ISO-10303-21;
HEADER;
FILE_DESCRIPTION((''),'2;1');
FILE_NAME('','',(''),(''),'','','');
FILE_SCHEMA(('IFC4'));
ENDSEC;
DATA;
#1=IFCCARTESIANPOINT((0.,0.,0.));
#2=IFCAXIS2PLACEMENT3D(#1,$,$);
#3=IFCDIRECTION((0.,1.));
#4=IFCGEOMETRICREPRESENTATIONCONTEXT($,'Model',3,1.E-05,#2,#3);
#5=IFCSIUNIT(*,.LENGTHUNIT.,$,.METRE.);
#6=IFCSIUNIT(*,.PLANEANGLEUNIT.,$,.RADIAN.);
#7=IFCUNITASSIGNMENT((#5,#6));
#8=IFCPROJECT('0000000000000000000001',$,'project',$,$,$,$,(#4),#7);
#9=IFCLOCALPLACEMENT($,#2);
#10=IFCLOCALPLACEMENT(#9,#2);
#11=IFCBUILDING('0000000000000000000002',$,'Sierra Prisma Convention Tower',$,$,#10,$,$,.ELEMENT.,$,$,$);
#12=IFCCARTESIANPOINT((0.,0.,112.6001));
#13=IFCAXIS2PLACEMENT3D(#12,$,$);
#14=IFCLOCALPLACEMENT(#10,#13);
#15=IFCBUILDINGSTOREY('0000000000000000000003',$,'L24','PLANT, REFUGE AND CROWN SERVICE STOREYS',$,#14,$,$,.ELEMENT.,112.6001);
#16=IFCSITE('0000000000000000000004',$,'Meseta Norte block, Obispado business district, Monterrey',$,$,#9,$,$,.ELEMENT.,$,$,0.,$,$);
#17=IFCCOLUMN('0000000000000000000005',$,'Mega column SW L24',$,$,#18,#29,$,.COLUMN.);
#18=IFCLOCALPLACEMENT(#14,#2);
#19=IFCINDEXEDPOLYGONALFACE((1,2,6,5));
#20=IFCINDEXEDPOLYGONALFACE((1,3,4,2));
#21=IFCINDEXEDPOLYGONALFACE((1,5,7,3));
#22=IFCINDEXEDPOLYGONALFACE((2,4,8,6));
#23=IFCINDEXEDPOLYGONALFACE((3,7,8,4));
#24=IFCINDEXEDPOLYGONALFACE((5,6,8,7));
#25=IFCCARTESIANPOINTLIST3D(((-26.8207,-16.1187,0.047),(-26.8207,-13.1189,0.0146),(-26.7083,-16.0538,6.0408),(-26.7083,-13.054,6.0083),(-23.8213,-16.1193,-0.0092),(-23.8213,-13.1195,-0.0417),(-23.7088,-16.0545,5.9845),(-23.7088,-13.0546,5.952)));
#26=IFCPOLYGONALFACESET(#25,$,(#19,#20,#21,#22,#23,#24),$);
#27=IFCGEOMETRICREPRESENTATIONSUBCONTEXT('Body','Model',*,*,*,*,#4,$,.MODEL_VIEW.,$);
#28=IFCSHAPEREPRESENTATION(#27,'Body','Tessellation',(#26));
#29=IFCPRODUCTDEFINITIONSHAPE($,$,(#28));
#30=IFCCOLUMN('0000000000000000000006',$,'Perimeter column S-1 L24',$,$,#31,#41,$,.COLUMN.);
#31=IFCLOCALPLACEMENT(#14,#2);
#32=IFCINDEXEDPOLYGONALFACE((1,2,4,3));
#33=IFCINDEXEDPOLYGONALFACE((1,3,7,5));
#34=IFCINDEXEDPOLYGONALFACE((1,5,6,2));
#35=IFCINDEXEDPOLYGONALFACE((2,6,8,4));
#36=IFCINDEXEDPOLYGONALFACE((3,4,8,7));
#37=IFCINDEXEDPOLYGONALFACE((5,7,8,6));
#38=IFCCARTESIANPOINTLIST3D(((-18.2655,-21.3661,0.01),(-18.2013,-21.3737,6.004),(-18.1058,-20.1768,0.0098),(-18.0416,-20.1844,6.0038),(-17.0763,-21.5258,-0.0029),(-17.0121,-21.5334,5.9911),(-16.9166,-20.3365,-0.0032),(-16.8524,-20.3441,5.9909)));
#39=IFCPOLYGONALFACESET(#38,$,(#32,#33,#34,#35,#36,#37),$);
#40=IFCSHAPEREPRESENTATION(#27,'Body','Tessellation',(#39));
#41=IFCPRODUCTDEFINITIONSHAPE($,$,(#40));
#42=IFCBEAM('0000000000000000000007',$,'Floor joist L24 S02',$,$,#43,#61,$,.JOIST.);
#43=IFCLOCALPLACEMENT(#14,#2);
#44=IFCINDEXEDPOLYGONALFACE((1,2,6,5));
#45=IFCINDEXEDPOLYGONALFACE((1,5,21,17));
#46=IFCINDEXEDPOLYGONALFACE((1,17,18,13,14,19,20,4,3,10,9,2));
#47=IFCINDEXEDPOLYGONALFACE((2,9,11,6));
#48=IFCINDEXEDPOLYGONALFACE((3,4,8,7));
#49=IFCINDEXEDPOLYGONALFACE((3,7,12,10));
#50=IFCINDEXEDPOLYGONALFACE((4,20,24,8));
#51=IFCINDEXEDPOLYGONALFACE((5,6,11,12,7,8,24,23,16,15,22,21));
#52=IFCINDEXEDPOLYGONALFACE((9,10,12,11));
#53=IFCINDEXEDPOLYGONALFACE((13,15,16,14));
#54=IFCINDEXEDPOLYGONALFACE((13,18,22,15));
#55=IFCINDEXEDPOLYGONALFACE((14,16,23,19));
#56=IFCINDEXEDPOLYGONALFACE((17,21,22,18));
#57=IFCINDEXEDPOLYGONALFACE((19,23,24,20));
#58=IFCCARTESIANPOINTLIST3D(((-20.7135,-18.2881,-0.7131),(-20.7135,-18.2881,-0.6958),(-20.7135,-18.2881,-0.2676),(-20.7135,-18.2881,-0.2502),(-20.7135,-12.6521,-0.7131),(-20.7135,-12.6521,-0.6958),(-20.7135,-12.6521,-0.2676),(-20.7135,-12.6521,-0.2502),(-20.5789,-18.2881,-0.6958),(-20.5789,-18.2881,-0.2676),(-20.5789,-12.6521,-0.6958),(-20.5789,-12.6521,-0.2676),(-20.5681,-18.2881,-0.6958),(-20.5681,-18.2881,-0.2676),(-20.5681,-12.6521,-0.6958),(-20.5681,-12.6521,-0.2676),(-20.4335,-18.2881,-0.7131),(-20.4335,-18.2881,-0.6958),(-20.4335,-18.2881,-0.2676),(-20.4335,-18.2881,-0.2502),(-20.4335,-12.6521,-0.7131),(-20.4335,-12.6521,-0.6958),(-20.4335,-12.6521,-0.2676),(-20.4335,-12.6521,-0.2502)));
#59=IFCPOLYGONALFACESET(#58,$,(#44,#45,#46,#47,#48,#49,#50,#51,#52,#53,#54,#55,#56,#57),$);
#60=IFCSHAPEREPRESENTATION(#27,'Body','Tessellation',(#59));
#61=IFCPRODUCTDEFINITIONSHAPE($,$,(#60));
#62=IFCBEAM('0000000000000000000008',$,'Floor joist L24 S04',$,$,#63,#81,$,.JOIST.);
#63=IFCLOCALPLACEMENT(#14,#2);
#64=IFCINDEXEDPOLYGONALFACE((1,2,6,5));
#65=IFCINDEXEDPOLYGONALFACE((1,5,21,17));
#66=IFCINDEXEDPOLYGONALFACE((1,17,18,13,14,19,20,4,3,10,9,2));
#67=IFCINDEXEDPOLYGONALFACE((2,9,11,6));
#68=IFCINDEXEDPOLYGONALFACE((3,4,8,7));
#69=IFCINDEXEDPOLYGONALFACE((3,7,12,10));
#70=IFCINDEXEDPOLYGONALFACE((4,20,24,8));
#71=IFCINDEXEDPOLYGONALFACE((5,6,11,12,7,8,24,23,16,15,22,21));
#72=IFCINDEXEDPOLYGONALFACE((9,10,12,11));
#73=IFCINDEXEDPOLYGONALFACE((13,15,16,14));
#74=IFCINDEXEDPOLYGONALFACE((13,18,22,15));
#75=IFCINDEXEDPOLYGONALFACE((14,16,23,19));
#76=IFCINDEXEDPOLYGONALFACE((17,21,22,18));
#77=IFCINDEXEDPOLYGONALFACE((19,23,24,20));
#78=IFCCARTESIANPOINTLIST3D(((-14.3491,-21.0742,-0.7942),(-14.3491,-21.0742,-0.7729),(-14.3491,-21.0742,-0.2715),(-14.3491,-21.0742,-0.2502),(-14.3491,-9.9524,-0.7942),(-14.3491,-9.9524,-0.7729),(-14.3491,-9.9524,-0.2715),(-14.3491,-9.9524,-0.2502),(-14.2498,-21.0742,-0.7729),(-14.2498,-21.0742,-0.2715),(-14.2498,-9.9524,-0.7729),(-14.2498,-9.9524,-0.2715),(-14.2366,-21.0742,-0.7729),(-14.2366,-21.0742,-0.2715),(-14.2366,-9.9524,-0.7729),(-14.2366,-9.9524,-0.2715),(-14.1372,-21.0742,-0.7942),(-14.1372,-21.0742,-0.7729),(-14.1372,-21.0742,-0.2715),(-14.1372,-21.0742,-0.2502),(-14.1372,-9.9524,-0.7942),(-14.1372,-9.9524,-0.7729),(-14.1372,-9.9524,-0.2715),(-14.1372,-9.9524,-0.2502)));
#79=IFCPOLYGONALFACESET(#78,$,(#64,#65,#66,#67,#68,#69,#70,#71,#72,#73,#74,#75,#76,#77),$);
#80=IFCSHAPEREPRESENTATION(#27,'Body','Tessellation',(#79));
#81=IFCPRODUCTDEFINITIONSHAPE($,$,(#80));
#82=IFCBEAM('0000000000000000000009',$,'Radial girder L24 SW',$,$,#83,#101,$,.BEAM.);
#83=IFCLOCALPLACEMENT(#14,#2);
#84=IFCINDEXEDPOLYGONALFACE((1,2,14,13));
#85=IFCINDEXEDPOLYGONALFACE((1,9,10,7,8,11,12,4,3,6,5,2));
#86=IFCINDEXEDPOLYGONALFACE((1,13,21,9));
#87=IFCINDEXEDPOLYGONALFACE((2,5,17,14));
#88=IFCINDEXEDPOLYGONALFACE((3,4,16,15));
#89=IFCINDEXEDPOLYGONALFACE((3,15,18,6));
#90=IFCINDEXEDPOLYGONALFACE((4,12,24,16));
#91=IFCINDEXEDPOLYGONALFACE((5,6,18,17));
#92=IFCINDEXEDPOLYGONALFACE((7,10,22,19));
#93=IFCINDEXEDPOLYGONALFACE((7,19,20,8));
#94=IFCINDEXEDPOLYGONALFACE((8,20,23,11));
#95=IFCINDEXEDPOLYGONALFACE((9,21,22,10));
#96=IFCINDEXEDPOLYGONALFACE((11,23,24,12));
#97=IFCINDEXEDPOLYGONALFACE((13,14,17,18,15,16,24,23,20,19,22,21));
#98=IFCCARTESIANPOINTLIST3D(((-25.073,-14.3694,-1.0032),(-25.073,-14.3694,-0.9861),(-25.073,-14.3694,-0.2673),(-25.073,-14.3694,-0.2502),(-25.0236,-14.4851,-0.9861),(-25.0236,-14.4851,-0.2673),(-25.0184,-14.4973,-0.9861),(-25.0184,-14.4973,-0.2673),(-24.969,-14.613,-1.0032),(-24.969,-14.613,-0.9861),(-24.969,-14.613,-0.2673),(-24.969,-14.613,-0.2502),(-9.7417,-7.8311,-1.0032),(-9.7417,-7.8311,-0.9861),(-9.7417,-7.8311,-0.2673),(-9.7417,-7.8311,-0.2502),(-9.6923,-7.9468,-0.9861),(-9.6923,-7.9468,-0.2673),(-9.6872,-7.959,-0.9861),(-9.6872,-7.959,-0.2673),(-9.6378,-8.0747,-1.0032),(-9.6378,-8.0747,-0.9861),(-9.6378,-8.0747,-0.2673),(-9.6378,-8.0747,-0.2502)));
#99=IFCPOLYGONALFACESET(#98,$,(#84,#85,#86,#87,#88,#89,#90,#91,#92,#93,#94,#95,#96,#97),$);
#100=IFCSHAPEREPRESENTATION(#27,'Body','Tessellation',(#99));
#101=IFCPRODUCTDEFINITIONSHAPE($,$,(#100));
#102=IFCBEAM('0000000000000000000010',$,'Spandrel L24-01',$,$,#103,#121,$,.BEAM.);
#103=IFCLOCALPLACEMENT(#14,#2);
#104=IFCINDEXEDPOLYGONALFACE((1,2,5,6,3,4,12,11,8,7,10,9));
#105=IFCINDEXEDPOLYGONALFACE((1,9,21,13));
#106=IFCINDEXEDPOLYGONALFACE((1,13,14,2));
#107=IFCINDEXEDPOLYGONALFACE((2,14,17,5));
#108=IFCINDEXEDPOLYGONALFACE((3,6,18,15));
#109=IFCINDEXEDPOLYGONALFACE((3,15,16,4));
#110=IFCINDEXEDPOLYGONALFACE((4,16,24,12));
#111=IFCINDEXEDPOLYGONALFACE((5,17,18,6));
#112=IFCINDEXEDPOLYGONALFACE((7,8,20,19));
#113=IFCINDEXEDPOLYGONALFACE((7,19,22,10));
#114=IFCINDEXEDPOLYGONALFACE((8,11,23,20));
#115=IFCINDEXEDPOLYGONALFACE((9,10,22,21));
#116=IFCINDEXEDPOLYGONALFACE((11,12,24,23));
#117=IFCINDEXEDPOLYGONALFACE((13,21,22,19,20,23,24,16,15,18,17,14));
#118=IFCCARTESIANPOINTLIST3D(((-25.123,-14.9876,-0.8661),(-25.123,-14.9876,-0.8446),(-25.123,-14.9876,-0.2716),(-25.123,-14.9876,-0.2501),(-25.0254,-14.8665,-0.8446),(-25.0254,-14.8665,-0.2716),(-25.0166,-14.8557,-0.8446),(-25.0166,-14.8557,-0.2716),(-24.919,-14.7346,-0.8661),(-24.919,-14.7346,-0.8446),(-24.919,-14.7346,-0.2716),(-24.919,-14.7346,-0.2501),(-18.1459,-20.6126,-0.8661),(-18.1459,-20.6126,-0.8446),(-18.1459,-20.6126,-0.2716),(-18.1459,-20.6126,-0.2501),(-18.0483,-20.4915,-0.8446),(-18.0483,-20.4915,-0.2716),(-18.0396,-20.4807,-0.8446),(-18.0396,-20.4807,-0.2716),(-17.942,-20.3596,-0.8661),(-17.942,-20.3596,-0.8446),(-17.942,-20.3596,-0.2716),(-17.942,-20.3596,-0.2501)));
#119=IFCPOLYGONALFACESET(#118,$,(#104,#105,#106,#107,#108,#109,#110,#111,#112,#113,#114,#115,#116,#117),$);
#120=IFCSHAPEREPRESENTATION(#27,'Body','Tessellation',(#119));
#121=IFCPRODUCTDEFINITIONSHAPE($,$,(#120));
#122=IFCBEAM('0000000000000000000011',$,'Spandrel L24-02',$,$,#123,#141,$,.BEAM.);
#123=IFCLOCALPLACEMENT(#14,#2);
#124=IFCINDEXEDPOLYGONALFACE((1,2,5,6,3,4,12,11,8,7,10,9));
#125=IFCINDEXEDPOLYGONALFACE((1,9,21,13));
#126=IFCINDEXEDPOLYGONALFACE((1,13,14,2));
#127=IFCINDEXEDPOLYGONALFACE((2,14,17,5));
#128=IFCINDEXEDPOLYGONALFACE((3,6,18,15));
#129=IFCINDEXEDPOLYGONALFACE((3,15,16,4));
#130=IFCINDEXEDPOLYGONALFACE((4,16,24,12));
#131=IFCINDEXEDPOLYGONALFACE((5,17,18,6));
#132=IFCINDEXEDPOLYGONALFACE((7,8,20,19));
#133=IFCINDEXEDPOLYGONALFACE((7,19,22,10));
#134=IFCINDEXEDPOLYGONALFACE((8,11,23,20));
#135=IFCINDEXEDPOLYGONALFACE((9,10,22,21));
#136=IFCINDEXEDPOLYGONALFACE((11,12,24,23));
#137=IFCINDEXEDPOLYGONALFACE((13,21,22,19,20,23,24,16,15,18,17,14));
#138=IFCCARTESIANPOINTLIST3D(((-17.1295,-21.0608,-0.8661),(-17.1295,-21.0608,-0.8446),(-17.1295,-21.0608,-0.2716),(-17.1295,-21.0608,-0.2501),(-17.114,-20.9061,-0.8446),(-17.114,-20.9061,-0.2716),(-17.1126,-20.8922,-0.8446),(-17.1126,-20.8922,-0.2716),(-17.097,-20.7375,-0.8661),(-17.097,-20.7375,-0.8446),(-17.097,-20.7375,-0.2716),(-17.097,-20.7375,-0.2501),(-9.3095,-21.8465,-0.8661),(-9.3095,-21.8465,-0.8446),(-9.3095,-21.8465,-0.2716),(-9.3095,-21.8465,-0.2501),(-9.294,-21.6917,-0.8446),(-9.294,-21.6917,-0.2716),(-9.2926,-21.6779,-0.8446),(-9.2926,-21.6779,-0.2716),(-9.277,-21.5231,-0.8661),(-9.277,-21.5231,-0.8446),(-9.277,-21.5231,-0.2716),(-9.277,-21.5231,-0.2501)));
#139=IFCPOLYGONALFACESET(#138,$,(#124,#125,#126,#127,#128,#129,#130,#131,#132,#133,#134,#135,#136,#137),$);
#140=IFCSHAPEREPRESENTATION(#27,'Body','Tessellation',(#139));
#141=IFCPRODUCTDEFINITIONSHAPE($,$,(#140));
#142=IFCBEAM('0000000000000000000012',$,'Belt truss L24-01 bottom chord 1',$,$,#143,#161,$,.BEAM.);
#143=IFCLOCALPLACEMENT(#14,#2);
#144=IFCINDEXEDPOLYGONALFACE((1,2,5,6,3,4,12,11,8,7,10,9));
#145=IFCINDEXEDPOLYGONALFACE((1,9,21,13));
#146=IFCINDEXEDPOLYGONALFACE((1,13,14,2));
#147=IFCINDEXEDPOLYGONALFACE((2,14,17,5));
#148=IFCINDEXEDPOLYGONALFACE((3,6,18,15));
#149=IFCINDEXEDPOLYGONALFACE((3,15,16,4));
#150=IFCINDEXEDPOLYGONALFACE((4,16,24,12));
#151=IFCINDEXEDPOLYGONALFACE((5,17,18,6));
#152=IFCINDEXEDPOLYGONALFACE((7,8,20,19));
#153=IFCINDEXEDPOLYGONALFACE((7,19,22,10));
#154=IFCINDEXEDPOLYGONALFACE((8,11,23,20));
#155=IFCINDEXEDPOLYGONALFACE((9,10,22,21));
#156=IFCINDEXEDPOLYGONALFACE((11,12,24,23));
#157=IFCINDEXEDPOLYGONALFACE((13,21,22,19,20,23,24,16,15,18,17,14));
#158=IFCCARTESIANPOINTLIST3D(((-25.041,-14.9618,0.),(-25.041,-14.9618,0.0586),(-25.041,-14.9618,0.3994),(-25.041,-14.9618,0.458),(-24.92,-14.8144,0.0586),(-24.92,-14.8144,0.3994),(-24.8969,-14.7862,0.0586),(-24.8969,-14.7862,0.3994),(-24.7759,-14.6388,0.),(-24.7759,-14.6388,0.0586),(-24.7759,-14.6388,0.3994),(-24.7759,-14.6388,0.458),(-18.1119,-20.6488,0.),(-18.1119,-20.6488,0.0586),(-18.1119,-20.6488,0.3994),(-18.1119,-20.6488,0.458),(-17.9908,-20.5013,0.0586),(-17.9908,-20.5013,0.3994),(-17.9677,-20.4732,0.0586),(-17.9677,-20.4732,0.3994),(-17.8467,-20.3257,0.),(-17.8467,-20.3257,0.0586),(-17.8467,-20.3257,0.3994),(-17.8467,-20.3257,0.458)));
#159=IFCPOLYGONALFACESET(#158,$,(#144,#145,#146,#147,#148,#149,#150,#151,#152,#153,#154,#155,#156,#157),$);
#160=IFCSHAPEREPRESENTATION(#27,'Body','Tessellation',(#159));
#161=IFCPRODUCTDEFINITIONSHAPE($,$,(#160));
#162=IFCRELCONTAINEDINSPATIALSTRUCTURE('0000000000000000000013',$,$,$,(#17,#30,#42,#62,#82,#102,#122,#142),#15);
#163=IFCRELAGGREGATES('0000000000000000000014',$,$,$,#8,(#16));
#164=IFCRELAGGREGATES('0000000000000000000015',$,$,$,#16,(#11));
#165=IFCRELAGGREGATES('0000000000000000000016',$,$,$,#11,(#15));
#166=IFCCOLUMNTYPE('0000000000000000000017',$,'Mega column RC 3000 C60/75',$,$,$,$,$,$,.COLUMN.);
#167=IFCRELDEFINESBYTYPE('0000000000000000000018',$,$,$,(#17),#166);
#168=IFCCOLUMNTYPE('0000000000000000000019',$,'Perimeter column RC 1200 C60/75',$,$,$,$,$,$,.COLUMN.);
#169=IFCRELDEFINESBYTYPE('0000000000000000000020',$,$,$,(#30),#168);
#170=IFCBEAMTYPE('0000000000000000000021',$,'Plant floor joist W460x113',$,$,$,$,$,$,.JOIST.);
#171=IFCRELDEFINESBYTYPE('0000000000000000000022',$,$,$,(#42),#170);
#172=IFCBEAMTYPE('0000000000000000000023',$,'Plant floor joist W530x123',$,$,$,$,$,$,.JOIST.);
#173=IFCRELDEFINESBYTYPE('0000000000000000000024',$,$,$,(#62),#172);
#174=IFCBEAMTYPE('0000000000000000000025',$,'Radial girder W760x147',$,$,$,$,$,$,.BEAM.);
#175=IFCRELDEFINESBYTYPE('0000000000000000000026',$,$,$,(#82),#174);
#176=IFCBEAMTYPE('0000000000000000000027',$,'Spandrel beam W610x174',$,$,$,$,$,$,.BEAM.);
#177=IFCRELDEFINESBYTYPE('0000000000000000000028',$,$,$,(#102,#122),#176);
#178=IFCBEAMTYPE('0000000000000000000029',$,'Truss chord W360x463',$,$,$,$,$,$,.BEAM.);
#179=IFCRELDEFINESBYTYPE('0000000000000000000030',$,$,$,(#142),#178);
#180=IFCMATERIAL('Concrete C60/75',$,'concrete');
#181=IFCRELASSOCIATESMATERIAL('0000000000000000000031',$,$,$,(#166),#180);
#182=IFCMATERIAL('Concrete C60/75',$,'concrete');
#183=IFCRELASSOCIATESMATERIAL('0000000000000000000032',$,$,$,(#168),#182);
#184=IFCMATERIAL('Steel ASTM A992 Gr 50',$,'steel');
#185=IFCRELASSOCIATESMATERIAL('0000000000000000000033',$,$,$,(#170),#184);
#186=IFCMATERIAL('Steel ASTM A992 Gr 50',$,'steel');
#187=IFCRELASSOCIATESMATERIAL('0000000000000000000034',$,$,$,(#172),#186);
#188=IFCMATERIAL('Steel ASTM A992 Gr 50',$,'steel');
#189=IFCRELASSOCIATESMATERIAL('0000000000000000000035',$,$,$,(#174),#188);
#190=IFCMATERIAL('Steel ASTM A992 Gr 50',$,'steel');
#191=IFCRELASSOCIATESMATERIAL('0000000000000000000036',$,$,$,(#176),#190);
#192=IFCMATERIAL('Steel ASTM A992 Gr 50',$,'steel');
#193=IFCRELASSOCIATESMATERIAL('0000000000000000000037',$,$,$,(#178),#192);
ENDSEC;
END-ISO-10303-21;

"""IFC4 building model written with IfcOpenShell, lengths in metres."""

from ifc_helpers import new_model, si_unit, direction, frame, origin, origin_2d, place, context, subcontext, project, spatial, rectangle, i_section, extrude, clip, halfspace, material, material_profile, profile_set, type_object, element, save


model = new_model("IFC4")

# Units and contexts
model_context = context("Model", 3, precision=1e-05, world=origin(), true_north=direction((0.0, 1.0)))
body_context = subcontext(model_context, "Body", "Model", "MODEL_VIEW")
ifc_project = project(units=[si_unit("LENGTHUNIT", "METRE"), si_unit("PLANEANGLEUNIT", "RADIAN")], contexts=[model_context])

# Site, building, storey
site_placement = place(None, origin())
site = spatial("IfcSite", under=ifc_project, at=site_placement, Name="Meseta Norte block, Obispado business district, Monterrey", CompositionType="ELEMENT", RefElevation=0.0)
building_placement = place(site_placement, origin())
building = spatial("IfcBuilding", under=site, at=building_placement, Name="Sierra Prisma Convention Tower", CompositionType="ELEMENT")
storey_placement = place(building_placement, frame((0.0, 0.0, 112.6001)))
storey = spatial("IfcBuildingStorey", under=building, at=storey_placement, Name="L24", Description="PLANT, REFUGE AND CROWN SERVICE STOREYS", CompositionType="ELEMENT", Elevation=112.6001)

# Columns
ifc_material_1 = material(Name="Concrete C60/75", Category="concrete")
ifc_material_profile_1 = material_profile(ifc_material_1, rectangle(XDim=3.0, YDim=3.0, at=origin_2d()), Name="Mega column RC 3000 C60/75")
ifc_profile_set_1 = profile_set([ifc_material_profile_1], Name="Concrete C60/75")
column_type_1 = type_object("IfcColumnType", Name="Mega column RC 3000 C60/75", PredefinedType="COLUMN", material=ifc_profile_set_1)
column_1_placement = place(storey_placement, frame((-25.321, -14.6191, 0.0), z_axis=(0.018754, 0.010821, 0.999766), x_axis=(0.999824, -0.000203, -0.018753)))
element("IfcColumn", 1, at=column_1_placement, inside=storey, type_object=column_type_1, Name="Mega column SW L24", PredefinedType="COLUMN", context=body_context, shape_type="SweptSolid", body=[
    clip(clip(extrude(rectangle(XDim=3.0, YDim=3.0, at=origin_2d()), origin(), (0.0, 0.0, 1.0), 6.0015), halfspace(frame((0.0, 0.0, 0.0027)), True)), halfspace(frame((0.0, 0.0, 5.9978)), False)),
])
ifc_material_2 = material(Name="Concrete C60/75", Category="concrete")
ifc_material_profile_2 = material_profile(ifc_material_2, rectangle(XDim=1.2, YDim=1.2, at=origin_2d()), Name="Perimeter column RC 1200 C60/75")
ifc_profile_set_2 = profile_set([ifc_material_profile_2], Name="Concrete C60/75")
column_type_2 = type_object("IfcColumnType", Name="Perimeter column RC 1200 C60/75", PredefinedType="COLUMN", material=ifc_profile_set_2)
column_2_placement = place(storey_placement, frame((-17.5911, -20.8513, 0.0), z_axis=(0.010701, -0.001261, 0.999942), x_axis=(-0.991046, 0.133087, 0.010774)))
element("IfcColumn", 2, at=column_2_placement, inside=storey, type_object=column_type_2, Name="Perimeter column S-1 L24", PredefinedType="COLUMN", context=body_context, shape_type="SweptSolid", body=[
    clip(clip(extrude(rectangle(XDim=1.2, YDim=1.2, at=origin_2d()), origin(), (0.0, 0.0, 1.0), 6.0002), halfspace(frame((0.0, 0.0, 0.0034)), True)), halfspace(frame((0.0, 0.0, 5.9978)), False)),
])

# Beams
ifc_material_3 = material(Name="Steel ASTM A992 Gr 50", Category="steel")
ifc_material_profile_3 = material_profile(ifc_material_3, i_section(OverallWidth=0.28, OverallDepth=0.4629, WebThickness=0.0107, FlangeThickness=0.0173, at=origin_2d()), Name="W460x113")
ifc_profile_set_3 = profile_set([ifc_material_profile_3], Name="Steel ASTM A992 Gr 50")
beam_type_1 = type_object("IfcBeamType", Name="Plant floor joist W460x113", PredefinedType="JOIST", material=ifc_profile_set_3)
beam_1_placement = place(storey_placement, frame((-20.5735, -18.2881, -0.4817), z_axis=(0.0, 1.0, 0.0), x_axis=(-1.0, 0.0, 0.0)))
element("IfcBeam", 3, at=beam_1_placement, inside=storey, type_object=beam_type_1, Name="Floor joist L24 S02", PredefinedType="JOIST", context=body_context, shape_type="SweptSolid", body=[
    extrude(i_section(OverallWidth=0.28, OverallDepth=0.4629, WebThickness=0.0107, FlangeThickness=0.0173, at=origin_2d()), origin(), (0.0, 0.0, 1.0), 5.636),
])
ifc_material_4 = material(Name="Steel ASTM A992 Gr 50", Category="steel")
ifc_material_profile_4 = material_profile(ifc_material_4, i_section(OverallWidth=0.2119, OverallDepth=0.5439, WebThickness=0.0132, FlangeThickness=0.0212, at=origin_2d()), Name="W530x123")
ifc_profile_set_4 = profile_set([ifc_material_profile_4], Name="Steel ASTM A992 Gr 50")
beam_type_2 = type_object("IfcBeamType", Name="Plant floor joist W530x123", PredefinedType="JOIST", material=ifc_profile_set_4)
beam_2_placement = place(storey_placement, frame((-14.2432, -21.0742, -0.5222), z_axis=(0.0, 1.0, 0.0), x_axis=(-1.0, 0.0, 0.0)))
element("IfcBeam", 4, at=beam_2_placement, inside=storey, type_object=beam_type_2, Name="Floor joist L24 S04", PredefinedType="JOIST", context=body_context, shape_type="SweptSolid", body=[
    extrude(i_section(OverallWidth=0.2119, OverallDepth=0.5439, WebThickness=0.0132, FlangeThickness=0.0212, at=origin_2d()), origin(), (0.0, 0.0, 1.0), 11.1218),
])
ifc_material_5 = material(Name="Steel ASTM A992 Gr 50", Category="steel")
ifc_material_profile_5 = material_profile(ifc_material_5, i_section(OverallWidth=0.2649, OverallDepth=0.7529, WebThickness=0.0132, FlangeThickness=0.0171, at=origin_2d()), Name="W760x147")
ifc_profile_set_5 = profile_set([ifc_material_profile_5], Name="Steel ASTM A992 Gr 50")
beam_type_3 = type_object("IfcBeamType", Name="Radial girder W760x147", PredefinedType="BEAM", material=ifc_profile_set_5)
beam_3_placement = place(storey_placement, frame((-25.021, -14.4912, -0.6267), z_axis=(0.919844, 0.392285, 0.0), x_axis=(-0.392285, 0.919844, 0.0)))
element("IfcBeam", 5, at=beam_3_placement, inside=storey, type_object=beam_type_3, Name="Radial girder L24 SW", PredefinedType="BEAM", context=body_context, shape_type="SweptSolid", body=[
    extrude(i_section(OverallWidth=0.2649, OverallDepth=0.7529, WebThickness=0.0132, FlangeThickness=0.0171, at=origin_2d()), origin(), (0.0, 0.0, 1.0), 16.6672),
])
ifc_material_6 = material(Name="Steel ASTM A992 Gr 50", Category="steel")
ifc_material_profile_6 = material_profile(ifc_material_6, i_section(OverallWidth=0.325, OverallDepth=0.616, WebThickness=0.0139, FlangeThickness=0.0215, at=origin_2d()), Name="W610x174")
ifc_profile_set_6 = profile_set([ifc_material_profile_6], Name="Steel ASTM A992 Gr 50")
beam_type_4 = type_object("IfcBeamType", Name="Spandrel beam W610x174", PredefinedType="BEAM", material=ifc_profile_set_6)
beam_4_placement = place(storey_placement, frame((-25.021, -14.8611, -0.5581), z_axis=(0.778503, -0.627641, 0.0), x_axis=(0.627641, 0.778503, 0.0)))
element("IfcBeam", 6, at=beam_4_placement, inside=storey, type_object=beam_type_4, Name="Spandrel L24-01", PredefinedType="BEAM", context=body_context, shape_type="SweptSolid", body=[
    extrude(i_section(OverallWidth=0.325, OverallDepth=0.616, WebThickness=0.0139, FlangeThickness=0.0215, at=origin_2d()), origin(), (0.0, 0.0, 1.0), 8.9622),
])
beam_5_placement = place(storey_placement, frame((-17.1133, -20.8992, -0.5581), z_axis=(0.994991, -0.099962, 0.0), x_axis=(0.099962, 0.994991, 0.0)))
element("IfcBeam", 7, at=beam_5_placement, inside=storey, type_object=beam_type_4, Name="Spandrel L24-02", PredefinedType="BEAM", context=body_context, shape_type="SweptSolid", body=[
    extrude(i_section(OverallWidth=0.325, OverallDepth=0.616, WebThickness=0.0139, FlangeThickness=0.0215, at=origin_2d()), origin(), (0.0, 0.0, 1.0), 7.8594),
])
ifc_material_7 = material(Name="Steel ASTM A992 Gr 50", Category="steel")
ifc_material_profile_7 = material_profile(ifc_material_7, i_section(OverallWidth=0.418, OverallDepth=0.458, WebThickness=0.0364, FlangeThickness=0.0586, at=origin_2d()), Name="W360x463")
ifc_profile_set_7 = profile_set([ifc_material_profile_7], Name="Steel ASTM A992 Gr 50")
beam_type_5 = type_object("IfcBeamType", Name="Truss chord W360x463", PredefinedType="BEAM", material=ifc_profile_set_7)
beam_6_placement = place(storey_placement, frame((-24.9084, -14.8003, 0.229), z_axis=(0.77299, -0.634418, 0.0), x_axis=(0.634418, 0.77299, 0.0)))
element("IfcBeam", 8, at=beam_6_placement, inside=storey, type_object=beam_type_5, Name="Belt truss L24-01 bottom chord 1", PredefinedType="BEAM", context=body_context, shape_type="SweptSolid", body=[
    extrude(i_section(OverallWidth=0.418, OverallDepth=0.458, WebThickness=0.0364, FlangeThickness=0.0586, at=origin_2d()), origin(), (0.0, 0.0, 1.0), 8.9641),
])

save(model, "model.ifc")
